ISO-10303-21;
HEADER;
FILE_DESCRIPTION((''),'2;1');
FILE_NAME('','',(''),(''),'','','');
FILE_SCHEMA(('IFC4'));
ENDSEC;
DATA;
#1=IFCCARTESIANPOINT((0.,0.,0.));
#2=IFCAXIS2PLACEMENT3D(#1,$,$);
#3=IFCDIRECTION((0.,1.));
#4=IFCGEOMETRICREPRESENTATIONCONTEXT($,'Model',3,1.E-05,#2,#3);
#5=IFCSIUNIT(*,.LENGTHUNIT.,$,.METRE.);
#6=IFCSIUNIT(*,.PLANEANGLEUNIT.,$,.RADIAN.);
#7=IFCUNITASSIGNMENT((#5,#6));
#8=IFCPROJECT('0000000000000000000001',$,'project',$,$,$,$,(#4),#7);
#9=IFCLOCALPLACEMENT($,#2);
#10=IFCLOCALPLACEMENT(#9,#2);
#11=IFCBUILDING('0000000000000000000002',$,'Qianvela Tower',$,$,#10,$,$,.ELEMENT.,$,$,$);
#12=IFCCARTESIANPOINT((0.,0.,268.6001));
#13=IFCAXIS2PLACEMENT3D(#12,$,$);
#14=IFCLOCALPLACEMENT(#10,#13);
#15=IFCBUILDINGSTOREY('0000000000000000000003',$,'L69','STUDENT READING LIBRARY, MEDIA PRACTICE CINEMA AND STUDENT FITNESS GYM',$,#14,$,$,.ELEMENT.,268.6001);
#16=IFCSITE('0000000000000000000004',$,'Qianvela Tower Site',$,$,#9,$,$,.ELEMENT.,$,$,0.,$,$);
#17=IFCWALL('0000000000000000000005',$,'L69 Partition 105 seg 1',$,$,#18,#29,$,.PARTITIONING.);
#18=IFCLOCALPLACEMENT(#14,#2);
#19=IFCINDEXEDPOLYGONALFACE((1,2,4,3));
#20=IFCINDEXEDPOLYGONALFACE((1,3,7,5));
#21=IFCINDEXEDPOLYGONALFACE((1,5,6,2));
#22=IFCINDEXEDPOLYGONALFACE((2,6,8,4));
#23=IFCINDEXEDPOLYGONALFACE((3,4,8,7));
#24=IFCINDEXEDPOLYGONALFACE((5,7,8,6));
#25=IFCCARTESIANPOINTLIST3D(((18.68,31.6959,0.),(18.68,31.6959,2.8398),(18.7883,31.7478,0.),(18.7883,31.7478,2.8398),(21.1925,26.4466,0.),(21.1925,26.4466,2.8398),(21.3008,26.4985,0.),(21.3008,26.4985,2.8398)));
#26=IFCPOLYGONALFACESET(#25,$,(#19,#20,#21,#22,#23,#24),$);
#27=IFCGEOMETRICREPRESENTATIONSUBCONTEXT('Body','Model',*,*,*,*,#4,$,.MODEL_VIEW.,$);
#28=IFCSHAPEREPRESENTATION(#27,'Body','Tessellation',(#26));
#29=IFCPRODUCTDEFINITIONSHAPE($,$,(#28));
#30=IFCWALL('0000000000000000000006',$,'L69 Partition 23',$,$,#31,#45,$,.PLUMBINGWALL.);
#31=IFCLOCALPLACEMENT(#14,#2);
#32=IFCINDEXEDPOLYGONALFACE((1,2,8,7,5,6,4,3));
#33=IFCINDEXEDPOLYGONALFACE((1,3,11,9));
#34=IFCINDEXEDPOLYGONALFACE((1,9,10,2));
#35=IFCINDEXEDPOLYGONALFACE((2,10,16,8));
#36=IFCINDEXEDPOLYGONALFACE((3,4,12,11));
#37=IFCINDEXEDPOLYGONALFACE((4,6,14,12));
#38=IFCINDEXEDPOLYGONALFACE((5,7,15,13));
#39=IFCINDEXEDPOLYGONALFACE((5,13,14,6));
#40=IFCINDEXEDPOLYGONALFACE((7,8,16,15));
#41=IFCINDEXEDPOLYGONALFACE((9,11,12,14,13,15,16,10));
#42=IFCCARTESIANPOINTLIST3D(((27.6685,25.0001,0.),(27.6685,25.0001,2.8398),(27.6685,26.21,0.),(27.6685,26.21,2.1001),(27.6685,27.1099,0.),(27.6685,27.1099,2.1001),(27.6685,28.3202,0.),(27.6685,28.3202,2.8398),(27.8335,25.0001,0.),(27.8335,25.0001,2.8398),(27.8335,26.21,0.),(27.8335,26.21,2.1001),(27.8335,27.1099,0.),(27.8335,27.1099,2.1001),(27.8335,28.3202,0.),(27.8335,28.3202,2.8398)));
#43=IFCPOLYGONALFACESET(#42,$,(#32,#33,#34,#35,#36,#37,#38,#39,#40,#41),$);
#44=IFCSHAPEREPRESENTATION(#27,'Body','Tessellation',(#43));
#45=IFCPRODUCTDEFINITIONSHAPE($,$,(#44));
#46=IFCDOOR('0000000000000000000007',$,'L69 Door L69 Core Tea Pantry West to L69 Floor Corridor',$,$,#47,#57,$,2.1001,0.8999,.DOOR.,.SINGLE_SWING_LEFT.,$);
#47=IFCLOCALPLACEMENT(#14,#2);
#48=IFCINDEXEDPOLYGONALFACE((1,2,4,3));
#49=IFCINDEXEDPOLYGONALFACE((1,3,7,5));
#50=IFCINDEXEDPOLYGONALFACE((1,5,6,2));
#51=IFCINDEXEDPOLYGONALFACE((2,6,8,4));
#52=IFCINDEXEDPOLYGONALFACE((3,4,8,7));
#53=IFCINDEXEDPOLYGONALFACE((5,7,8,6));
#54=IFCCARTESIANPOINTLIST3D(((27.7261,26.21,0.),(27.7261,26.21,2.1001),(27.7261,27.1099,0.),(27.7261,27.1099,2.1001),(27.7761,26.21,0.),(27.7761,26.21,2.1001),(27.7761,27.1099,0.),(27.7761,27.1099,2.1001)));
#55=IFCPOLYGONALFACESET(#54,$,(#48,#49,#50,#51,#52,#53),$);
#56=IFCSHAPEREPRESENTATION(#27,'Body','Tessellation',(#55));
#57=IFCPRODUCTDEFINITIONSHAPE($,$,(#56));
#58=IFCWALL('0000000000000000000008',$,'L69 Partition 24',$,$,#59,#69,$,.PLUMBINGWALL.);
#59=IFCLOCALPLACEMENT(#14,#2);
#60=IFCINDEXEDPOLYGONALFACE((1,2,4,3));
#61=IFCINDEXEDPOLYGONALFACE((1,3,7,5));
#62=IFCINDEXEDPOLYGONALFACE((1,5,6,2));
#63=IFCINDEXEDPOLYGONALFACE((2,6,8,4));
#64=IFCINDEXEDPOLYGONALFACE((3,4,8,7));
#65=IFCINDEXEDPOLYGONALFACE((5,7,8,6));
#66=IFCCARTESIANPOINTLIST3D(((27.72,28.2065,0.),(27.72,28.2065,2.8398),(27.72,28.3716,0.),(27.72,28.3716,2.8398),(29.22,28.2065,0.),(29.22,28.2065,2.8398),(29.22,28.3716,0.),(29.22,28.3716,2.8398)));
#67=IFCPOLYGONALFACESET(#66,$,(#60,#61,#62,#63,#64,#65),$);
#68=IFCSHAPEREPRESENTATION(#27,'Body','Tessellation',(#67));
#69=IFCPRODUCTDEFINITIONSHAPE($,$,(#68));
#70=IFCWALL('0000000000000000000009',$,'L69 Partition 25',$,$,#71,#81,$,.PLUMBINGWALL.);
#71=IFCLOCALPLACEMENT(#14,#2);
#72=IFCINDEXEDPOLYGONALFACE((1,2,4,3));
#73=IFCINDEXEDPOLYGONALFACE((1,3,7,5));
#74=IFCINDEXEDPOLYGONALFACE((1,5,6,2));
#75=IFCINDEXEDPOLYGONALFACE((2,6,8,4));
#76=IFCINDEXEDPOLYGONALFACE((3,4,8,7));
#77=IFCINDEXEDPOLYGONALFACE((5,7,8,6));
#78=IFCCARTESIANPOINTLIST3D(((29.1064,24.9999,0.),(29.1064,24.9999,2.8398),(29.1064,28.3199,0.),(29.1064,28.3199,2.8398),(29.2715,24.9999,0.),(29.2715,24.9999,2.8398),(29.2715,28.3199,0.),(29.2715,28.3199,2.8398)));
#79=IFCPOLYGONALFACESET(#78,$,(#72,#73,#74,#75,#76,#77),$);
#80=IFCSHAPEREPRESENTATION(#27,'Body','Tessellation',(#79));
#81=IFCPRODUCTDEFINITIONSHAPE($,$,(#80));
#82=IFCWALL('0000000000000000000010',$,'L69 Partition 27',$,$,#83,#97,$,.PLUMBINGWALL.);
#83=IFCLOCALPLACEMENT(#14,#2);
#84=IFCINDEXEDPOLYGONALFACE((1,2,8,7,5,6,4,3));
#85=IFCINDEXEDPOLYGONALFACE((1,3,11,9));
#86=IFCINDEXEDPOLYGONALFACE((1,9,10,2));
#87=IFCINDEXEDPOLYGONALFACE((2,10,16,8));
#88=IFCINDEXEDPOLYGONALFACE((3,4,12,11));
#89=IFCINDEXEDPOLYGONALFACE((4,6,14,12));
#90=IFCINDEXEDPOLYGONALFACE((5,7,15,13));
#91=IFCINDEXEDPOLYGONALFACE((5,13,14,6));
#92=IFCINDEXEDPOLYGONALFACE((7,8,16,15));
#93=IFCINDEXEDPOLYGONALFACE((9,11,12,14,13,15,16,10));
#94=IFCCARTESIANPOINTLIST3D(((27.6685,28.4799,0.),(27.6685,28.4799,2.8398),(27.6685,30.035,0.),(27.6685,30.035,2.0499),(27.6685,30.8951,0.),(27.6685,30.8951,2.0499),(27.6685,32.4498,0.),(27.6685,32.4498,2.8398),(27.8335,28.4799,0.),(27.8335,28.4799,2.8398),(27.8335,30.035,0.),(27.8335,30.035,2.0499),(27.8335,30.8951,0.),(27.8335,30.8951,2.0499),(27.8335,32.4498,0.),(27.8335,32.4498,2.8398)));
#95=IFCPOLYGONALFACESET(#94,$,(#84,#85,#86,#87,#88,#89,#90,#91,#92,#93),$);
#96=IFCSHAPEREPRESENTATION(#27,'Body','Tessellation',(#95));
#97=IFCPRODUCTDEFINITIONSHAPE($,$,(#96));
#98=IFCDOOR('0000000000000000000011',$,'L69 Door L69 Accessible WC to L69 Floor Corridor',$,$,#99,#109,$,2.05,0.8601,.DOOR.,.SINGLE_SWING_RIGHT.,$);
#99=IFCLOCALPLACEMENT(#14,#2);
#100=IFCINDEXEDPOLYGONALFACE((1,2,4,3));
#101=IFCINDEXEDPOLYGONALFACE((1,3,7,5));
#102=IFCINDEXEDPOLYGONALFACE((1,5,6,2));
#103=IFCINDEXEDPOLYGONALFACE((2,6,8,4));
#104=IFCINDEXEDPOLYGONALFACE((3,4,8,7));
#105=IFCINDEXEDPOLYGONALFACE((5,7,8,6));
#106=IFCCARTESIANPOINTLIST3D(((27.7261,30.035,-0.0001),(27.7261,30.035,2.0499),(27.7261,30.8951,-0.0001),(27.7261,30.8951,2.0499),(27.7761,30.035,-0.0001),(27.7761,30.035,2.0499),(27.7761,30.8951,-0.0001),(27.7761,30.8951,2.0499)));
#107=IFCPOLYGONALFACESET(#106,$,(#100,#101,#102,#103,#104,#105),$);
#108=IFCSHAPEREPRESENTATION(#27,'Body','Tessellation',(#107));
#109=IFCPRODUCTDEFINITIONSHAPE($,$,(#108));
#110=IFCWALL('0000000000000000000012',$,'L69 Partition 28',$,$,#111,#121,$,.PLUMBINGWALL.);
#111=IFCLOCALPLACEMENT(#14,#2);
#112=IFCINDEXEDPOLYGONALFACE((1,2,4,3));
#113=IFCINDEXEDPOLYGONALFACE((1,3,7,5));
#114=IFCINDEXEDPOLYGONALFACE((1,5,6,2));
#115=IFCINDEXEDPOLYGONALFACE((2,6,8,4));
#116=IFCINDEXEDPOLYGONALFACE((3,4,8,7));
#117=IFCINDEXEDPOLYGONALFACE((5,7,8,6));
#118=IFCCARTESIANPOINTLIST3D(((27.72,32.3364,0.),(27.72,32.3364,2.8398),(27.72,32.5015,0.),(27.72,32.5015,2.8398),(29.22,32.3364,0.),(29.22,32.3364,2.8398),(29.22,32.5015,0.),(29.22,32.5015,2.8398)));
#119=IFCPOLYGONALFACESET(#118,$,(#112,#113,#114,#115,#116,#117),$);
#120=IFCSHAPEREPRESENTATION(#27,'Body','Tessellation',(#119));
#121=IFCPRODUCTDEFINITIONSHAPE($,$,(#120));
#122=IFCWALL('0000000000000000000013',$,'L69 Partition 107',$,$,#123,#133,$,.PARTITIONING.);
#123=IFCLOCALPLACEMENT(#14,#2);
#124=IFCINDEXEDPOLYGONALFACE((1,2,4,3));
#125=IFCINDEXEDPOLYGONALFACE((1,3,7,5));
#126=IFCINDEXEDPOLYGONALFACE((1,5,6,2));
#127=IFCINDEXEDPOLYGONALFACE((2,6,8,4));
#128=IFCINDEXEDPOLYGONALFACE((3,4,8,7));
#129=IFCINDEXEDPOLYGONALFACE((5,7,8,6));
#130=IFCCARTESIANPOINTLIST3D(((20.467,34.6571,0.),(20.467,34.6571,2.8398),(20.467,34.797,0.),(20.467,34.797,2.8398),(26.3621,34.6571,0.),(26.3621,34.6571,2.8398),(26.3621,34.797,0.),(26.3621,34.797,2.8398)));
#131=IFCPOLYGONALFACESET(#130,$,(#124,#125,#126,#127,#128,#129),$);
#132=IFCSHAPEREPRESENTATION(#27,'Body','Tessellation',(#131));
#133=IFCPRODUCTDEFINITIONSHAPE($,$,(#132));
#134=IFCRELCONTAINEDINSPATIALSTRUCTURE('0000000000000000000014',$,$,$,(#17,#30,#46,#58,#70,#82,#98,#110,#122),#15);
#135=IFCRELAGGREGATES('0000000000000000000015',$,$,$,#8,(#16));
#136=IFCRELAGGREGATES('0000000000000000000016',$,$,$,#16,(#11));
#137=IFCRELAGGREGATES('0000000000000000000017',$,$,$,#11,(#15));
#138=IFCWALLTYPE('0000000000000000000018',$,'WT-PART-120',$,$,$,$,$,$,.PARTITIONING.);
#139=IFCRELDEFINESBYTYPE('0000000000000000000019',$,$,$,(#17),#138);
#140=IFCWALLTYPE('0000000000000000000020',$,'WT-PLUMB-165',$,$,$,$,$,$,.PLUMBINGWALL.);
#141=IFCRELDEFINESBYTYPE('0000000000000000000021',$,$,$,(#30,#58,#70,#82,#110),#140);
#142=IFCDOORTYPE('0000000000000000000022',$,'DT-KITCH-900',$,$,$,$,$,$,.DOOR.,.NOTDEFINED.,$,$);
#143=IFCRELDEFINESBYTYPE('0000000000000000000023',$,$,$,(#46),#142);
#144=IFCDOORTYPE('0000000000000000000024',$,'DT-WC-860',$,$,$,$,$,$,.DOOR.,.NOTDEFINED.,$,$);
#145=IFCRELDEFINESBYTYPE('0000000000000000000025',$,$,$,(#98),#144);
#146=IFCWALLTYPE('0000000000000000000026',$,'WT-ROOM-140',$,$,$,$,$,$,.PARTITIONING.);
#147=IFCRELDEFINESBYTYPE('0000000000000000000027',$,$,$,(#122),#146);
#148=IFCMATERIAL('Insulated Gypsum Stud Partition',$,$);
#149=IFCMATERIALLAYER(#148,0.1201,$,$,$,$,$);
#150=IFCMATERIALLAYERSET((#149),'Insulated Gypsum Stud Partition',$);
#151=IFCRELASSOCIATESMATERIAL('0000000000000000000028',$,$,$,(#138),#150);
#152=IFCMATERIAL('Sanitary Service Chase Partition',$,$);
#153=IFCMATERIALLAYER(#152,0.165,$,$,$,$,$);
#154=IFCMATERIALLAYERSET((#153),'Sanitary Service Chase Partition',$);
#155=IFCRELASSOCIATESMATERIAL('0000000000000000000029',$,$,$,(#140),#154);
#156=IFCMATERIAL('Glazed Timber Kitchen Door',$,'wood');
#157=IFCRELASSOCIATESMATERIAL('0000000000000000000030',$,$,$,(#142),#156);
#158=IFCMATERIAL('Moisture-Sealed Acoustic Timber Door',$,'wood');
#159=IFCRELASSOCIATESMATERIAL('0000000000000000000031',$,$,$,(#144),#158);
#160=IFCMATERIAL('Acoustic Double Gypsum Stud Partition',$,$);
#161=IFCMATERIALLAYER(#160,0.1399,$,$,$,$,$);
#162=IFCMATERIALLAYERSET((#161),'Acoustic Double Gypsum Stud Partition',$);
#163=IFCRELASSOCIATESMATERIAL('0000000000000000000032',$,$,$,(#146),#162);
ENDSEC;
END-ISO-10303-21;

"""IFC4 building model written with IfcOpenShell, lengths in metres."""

from ifc_helpers import new_model, si_unit, direction, frame, frame_2d, origin, place, context, subcontext, project, spatial, rectangle, extrude, material, layer, layer_set, type_object, element, fill, save


model = new_model("IFC4")

# Units and contexts
model_context = context("Model", 3, precision=1e-05, world=origin(), true_north=direction((0.0, 1.0)))
body_context = subcontext(model_context, "Body", "Model", "MODEL_VIEW")
ifc_project = project(units=[si_unit("LENGTHUNIT", "METRE"), si_unit("PLANEANGLEUNIT", "RADIAN")], contexts=[model_context])

# Site, building, storey
site_placement = place(None, origin())
site = spatial("IfcSite", under=ifc_project, at=site_placement, Name="Qianvela Tower Site", CompositionType="ELEMENT", RefElevation=0.0)
building_placement = place(site_placement, origin())
building = spatial("IfcBuilding", under=site, at=building_placement, Name="Qianvela Tower", CompositionType="ELEMENT")
storey_placement = place(building_placement, frame((0.0, 0.0, 268.6001)))
storey = spatial("IfcBuildingStorey", under=building, at=storey_placement, Name="L69", Description="STUDENT READING LIBRARY, MEDIA PRACTICE CINEMA AND STUDENT FITNESS GYM", CompositionType="ELEMENT", Elevation=268.6001)

# Wall
ifc_material_1 = material(Name="Insulated Gypsum Stud Partition")
ifc_layer_1 = layer(ifc_material_1, 0.1201)
ifc_layer_set_1 = layer_set([ifc_layer_1], Name="Insulated Gypsum Stud Partition")
wall_type_1 = type_object("IfcWallType", Name="WT-PART-120", PredefinedType="PARTITIONING", material=ifc_layer_set_1)
wall_1_placement = place(storey_placement, frame((21.2466, 26.4727, 0.0), z_axis=(0.0, 0.0, 1.0), x_axis=(-0.431726, 0.902005, 0.0)))
element("IfcWall", 1, at=wall_1_placement, inside=storey, type_object=wall_type_1, Name="L69 Partition 105 seg 1", PredefinedType="PARTITIONING", context=body_context, shape_type="SweptSolid", body=[
    extrude(rectangle(XDim=5.8196, YDim=0.1201, at=frame_2d((2.9097, 0.0))), origin(), (0.0, 0.0, 1.0), 2.8398),
])

# Wall, opening, door
ifc_material_2 = material(Name="Sanitary Service Chase Partition")
ifc_layer_2 = layer(ifc_material_2, 0.165)
ifc_layer_set_2 = layer_set([ifc_layer_2], Name="Sanitary Service Chase Partition")
wall_type_2 = type_object("IfcWallType", Name="WT-PLUMB-165", PredefinedType="PLUMBINGWALL", material=ifc_layer_set_2)
wall_2_placement = place(storey_placement, frame((27.751, 25.0, 0.0), z_axis=(0.0, 0.0, 1.0), x_axis=(0.0, 1.0, 0.0)))
wall_2 = element("IfcWall", 2, at=wall_2_placement, inside=storey, type_object=wall_type_2, Name="L69 Partition 23", PredefinedType="PLUMBINGWALL", context=body_context, shape_type="SweptSolid", body=[
    extrude(rectangle(XDim=3.3201, YDim=0.165, at=frame_2d((1.6602, 0.0))), origin(), (0.0, 0.0, 1.0), 2.8398),
])
opening_1_placement = place(wall_2_placement, frame((1.21, 0.0, 0.0)))
opening_1 = element("IfcOpeningElement", 3, at=opening_1_placement, cuts=wall_2, PredefinedType="OPENING", context=body_context, shape_type="SweptSolid", body=[
    extrude(rectangle(XDim=0.8999, YDim=2.1001, at=frame_2d((0.45, 1.05))), frame((0.0, 0.0925, 0.0), z_axis=(0.0, -1.0, 0.0), x_axis=(1.0, 0.0, 0.0)), (0.0, 0.0, 1.0), 0.1851),
])
ifc_material_3 = material(Name="Glazed Timber Kitchen Door", Category="wood")
door_type_1 = type_object("IfcDoorType", Name="DT-KITCH-900", OperationType="NOTDEFINED", PredefinedType="DOOR", material=ifc_material_3)
door_1_placement = place(opening_1_placement, origin())
door_1 = element("IfcDoor", 4, at=door_1_placement, inside=storey, type_object=door_type_1, Name="L69 Door L69 Core Tea Pantry West to L69 Floor Corridor", OperationType="SINGLE_SWING_LEFT", OverallHeight=2.1001, OverallWidth=0.8999, PredefinedType="DOOR", context=body_context, shape_type="SweptSolid", body=[
    extrude(rectangle(XDim=0.8999, YDim=2.1001, at=frame_2d((0.45, 1.05))), frame((0.0, 0.0249, 0.0), z_axis=(0.0, -1.0, 0.0), x_axis=(1.0, 0.0, 0.0)), (0.0, 0.0, 1.0), 0.05),
])
fill(opening_1, door_1)

# Walls
wall_3_placement = place(storey_placement, frame((27.72, 28.2891, 0.0), z_axis=(0.0, 0.0, 1.0), x_axis=(1.0, 0.0, 0.0)))
element("IfcWall", 5, at=wall_3_placement, inside=storey, type_object=wall_type_2, Name="L69 Partition 24", PredefinedType="PLUMBINGWALL", context=body_context, shape_type="SweptSolid", body=[
    extrude(rectangle(XDim=1.5, YDim=0.165, at=frame_2d((0.75, 0.0))), origin(), (0.0, 0.0, 1.0), 2.8398),
])
wall_4_placement = place(storey_placement, frame((29.189, 28.3201, 0.0), z_axis=(0.0, 0.0, 1.0), x_axis=(0.0, -1.0, 0.0)))
element("IfcWall", 6, at=wall_4_placement, inside=storey, type_object=wall_type_2, Name="L69 Partition 25", PredefinedType="PLUMBINGWALL", context=body_context, shape_type="SweptSolid", body=[
    extrude(rectangle(XDim=3.3201, YDim=0.165, at=frame_2d((1.6602, 0.0))), origin(), (0.0, 0.0, 1.0), 2.8398),
])

# Wall, opening, door
wall_5_placement = place(storey_placement, frame((27.751, 28.48, 0.0), z_axis=(0.0, 0.0, 1.0), x_axis=(0.0, 1.0, 0.0)))
wall_5 = element("IfcWall", 7, at=wall_5_placement, inside=storey, type_object=wall_type_2, Name="L69 Partition 27", PredefinedType="PLUMBINGWALL", context=body_context, shape_type="SweptSolid", body=[
    extrude(rectangle(XDim=3.97, YDim=0.165, at=frame_2d((1.9849, 0.0))), origin(), (0.0, 0.0, 1.0), 2.8398),
])
opening_2_placement = place(wall_5_placement, frame((1.5549, 0.0, 0.0)))
opening_2 = element("IfcOpeningElement", 8, at=opening_2_placement, cuts=wall_5, PredefinedType="OPENING", context=body_context, shape_type="SweptSolid", body=[
    extrude(rectangle(XDim=0.8601, YDim=2.05, at=frame_2d((0.4302, 1.0249))), frame((0.0, 0.0925, 0.0), z_axis=(0.0, -1.0, 0.0), x_axis=(1.0, 0.0, 0.0)), (0.0, 0.0, 1.0), 0.1851),
])
ifc_material_4 = material(Name="Moisture-Sealed Acoustic Timber Door", Category="wood")
door_type_2 = type_object("IfcDoorType", Name="DT-WC-860", OperationType="NOTDEFINED", PredefinedType="DOOR", material=ifc_material_4)
door_2_placement = place(opening_2_placement, origin())
door_2 = element("IfcDoor", 9, at=door_2_placement, inside=storey, type_object=door_type_2, Name="L69 Door L69 Accessible WC to L69 Floor Corridor", OperationType="SINGLE_SWING_RIGHT", OverallHeight=2.05, OverallWidth=0.8601, PredefinedType="DOOR", context=body_context, shape_type="SweptSolid", body=[
    extrude(rectangle(XDim=0.8601, YDim=2.05, at=frame_2d((0.4302, 1.0249))), frame((0.0, 0.0249, 0.0), z_axis=(0.0, -1.0, 0.0), x_axis=(1.0, 0.0, 0.0)), (0.0, 0.0, 1.0), 0.05),
])
fill(opening_2, door_2)

# Walls
wall_6_placement = place(storey_placement, frame((27.72, 32.4189, 0.0), z_axis=(0.0, 0.0, 1.0), x_axis=(1.0, 0.0, 0.0)))
element("IfcWall", 10, at=wall_6_placement, inside=storey, type_object=wall_type_2, Name="L69 Partition 28", PredefinedType="PLUMBINGWALL", context=body_context, shape_type="SweptSolid", body=[
    extrude(rectangle(XDim=1.5, YDim=0.165, at=frame_2d((0.75, 0.0))), origin(), (0.0, 0.0, 1.0), 2.8398),
])
ifc_material_5 = material(Name="Acoustic Double Gypsum Stud Partition")
ifc_layer_3 = layer(ifc_material_5, 0.1399)
ifc_layer_set_3 = layer_set([ifc_layer_3], Name="Acoustic Double Gypsum Stud Partition")
wall_type_3 = type_object("IfcWallType", Name="WT-ROOM-140", PredefinedType="PARTITIONING", material=ifc_layer_set_3)
wall_7_placement = place(storey_placement, frame((20.467, 34.7271, 0.0), z_axis=(0.0, 0.0, 1.0), x_axis=(1.0, 0.0, 0.0)))
element("IfcWall", 11, at=wall_7_placement, inside=storey, type_object=wall_type_3, Name="L69 Partition 107", PredefinedType="PARTITIONING", context=body_context, shape_type="SweptSolid", body=[
    extrude(rectangle(XDim=5.895, YDim=0.1399, at=frame_2d((2.9475, 0.0))), origin(), (0.0, 0.0, 1.0), 2.8398),
])

save(model, "model.ifc")
